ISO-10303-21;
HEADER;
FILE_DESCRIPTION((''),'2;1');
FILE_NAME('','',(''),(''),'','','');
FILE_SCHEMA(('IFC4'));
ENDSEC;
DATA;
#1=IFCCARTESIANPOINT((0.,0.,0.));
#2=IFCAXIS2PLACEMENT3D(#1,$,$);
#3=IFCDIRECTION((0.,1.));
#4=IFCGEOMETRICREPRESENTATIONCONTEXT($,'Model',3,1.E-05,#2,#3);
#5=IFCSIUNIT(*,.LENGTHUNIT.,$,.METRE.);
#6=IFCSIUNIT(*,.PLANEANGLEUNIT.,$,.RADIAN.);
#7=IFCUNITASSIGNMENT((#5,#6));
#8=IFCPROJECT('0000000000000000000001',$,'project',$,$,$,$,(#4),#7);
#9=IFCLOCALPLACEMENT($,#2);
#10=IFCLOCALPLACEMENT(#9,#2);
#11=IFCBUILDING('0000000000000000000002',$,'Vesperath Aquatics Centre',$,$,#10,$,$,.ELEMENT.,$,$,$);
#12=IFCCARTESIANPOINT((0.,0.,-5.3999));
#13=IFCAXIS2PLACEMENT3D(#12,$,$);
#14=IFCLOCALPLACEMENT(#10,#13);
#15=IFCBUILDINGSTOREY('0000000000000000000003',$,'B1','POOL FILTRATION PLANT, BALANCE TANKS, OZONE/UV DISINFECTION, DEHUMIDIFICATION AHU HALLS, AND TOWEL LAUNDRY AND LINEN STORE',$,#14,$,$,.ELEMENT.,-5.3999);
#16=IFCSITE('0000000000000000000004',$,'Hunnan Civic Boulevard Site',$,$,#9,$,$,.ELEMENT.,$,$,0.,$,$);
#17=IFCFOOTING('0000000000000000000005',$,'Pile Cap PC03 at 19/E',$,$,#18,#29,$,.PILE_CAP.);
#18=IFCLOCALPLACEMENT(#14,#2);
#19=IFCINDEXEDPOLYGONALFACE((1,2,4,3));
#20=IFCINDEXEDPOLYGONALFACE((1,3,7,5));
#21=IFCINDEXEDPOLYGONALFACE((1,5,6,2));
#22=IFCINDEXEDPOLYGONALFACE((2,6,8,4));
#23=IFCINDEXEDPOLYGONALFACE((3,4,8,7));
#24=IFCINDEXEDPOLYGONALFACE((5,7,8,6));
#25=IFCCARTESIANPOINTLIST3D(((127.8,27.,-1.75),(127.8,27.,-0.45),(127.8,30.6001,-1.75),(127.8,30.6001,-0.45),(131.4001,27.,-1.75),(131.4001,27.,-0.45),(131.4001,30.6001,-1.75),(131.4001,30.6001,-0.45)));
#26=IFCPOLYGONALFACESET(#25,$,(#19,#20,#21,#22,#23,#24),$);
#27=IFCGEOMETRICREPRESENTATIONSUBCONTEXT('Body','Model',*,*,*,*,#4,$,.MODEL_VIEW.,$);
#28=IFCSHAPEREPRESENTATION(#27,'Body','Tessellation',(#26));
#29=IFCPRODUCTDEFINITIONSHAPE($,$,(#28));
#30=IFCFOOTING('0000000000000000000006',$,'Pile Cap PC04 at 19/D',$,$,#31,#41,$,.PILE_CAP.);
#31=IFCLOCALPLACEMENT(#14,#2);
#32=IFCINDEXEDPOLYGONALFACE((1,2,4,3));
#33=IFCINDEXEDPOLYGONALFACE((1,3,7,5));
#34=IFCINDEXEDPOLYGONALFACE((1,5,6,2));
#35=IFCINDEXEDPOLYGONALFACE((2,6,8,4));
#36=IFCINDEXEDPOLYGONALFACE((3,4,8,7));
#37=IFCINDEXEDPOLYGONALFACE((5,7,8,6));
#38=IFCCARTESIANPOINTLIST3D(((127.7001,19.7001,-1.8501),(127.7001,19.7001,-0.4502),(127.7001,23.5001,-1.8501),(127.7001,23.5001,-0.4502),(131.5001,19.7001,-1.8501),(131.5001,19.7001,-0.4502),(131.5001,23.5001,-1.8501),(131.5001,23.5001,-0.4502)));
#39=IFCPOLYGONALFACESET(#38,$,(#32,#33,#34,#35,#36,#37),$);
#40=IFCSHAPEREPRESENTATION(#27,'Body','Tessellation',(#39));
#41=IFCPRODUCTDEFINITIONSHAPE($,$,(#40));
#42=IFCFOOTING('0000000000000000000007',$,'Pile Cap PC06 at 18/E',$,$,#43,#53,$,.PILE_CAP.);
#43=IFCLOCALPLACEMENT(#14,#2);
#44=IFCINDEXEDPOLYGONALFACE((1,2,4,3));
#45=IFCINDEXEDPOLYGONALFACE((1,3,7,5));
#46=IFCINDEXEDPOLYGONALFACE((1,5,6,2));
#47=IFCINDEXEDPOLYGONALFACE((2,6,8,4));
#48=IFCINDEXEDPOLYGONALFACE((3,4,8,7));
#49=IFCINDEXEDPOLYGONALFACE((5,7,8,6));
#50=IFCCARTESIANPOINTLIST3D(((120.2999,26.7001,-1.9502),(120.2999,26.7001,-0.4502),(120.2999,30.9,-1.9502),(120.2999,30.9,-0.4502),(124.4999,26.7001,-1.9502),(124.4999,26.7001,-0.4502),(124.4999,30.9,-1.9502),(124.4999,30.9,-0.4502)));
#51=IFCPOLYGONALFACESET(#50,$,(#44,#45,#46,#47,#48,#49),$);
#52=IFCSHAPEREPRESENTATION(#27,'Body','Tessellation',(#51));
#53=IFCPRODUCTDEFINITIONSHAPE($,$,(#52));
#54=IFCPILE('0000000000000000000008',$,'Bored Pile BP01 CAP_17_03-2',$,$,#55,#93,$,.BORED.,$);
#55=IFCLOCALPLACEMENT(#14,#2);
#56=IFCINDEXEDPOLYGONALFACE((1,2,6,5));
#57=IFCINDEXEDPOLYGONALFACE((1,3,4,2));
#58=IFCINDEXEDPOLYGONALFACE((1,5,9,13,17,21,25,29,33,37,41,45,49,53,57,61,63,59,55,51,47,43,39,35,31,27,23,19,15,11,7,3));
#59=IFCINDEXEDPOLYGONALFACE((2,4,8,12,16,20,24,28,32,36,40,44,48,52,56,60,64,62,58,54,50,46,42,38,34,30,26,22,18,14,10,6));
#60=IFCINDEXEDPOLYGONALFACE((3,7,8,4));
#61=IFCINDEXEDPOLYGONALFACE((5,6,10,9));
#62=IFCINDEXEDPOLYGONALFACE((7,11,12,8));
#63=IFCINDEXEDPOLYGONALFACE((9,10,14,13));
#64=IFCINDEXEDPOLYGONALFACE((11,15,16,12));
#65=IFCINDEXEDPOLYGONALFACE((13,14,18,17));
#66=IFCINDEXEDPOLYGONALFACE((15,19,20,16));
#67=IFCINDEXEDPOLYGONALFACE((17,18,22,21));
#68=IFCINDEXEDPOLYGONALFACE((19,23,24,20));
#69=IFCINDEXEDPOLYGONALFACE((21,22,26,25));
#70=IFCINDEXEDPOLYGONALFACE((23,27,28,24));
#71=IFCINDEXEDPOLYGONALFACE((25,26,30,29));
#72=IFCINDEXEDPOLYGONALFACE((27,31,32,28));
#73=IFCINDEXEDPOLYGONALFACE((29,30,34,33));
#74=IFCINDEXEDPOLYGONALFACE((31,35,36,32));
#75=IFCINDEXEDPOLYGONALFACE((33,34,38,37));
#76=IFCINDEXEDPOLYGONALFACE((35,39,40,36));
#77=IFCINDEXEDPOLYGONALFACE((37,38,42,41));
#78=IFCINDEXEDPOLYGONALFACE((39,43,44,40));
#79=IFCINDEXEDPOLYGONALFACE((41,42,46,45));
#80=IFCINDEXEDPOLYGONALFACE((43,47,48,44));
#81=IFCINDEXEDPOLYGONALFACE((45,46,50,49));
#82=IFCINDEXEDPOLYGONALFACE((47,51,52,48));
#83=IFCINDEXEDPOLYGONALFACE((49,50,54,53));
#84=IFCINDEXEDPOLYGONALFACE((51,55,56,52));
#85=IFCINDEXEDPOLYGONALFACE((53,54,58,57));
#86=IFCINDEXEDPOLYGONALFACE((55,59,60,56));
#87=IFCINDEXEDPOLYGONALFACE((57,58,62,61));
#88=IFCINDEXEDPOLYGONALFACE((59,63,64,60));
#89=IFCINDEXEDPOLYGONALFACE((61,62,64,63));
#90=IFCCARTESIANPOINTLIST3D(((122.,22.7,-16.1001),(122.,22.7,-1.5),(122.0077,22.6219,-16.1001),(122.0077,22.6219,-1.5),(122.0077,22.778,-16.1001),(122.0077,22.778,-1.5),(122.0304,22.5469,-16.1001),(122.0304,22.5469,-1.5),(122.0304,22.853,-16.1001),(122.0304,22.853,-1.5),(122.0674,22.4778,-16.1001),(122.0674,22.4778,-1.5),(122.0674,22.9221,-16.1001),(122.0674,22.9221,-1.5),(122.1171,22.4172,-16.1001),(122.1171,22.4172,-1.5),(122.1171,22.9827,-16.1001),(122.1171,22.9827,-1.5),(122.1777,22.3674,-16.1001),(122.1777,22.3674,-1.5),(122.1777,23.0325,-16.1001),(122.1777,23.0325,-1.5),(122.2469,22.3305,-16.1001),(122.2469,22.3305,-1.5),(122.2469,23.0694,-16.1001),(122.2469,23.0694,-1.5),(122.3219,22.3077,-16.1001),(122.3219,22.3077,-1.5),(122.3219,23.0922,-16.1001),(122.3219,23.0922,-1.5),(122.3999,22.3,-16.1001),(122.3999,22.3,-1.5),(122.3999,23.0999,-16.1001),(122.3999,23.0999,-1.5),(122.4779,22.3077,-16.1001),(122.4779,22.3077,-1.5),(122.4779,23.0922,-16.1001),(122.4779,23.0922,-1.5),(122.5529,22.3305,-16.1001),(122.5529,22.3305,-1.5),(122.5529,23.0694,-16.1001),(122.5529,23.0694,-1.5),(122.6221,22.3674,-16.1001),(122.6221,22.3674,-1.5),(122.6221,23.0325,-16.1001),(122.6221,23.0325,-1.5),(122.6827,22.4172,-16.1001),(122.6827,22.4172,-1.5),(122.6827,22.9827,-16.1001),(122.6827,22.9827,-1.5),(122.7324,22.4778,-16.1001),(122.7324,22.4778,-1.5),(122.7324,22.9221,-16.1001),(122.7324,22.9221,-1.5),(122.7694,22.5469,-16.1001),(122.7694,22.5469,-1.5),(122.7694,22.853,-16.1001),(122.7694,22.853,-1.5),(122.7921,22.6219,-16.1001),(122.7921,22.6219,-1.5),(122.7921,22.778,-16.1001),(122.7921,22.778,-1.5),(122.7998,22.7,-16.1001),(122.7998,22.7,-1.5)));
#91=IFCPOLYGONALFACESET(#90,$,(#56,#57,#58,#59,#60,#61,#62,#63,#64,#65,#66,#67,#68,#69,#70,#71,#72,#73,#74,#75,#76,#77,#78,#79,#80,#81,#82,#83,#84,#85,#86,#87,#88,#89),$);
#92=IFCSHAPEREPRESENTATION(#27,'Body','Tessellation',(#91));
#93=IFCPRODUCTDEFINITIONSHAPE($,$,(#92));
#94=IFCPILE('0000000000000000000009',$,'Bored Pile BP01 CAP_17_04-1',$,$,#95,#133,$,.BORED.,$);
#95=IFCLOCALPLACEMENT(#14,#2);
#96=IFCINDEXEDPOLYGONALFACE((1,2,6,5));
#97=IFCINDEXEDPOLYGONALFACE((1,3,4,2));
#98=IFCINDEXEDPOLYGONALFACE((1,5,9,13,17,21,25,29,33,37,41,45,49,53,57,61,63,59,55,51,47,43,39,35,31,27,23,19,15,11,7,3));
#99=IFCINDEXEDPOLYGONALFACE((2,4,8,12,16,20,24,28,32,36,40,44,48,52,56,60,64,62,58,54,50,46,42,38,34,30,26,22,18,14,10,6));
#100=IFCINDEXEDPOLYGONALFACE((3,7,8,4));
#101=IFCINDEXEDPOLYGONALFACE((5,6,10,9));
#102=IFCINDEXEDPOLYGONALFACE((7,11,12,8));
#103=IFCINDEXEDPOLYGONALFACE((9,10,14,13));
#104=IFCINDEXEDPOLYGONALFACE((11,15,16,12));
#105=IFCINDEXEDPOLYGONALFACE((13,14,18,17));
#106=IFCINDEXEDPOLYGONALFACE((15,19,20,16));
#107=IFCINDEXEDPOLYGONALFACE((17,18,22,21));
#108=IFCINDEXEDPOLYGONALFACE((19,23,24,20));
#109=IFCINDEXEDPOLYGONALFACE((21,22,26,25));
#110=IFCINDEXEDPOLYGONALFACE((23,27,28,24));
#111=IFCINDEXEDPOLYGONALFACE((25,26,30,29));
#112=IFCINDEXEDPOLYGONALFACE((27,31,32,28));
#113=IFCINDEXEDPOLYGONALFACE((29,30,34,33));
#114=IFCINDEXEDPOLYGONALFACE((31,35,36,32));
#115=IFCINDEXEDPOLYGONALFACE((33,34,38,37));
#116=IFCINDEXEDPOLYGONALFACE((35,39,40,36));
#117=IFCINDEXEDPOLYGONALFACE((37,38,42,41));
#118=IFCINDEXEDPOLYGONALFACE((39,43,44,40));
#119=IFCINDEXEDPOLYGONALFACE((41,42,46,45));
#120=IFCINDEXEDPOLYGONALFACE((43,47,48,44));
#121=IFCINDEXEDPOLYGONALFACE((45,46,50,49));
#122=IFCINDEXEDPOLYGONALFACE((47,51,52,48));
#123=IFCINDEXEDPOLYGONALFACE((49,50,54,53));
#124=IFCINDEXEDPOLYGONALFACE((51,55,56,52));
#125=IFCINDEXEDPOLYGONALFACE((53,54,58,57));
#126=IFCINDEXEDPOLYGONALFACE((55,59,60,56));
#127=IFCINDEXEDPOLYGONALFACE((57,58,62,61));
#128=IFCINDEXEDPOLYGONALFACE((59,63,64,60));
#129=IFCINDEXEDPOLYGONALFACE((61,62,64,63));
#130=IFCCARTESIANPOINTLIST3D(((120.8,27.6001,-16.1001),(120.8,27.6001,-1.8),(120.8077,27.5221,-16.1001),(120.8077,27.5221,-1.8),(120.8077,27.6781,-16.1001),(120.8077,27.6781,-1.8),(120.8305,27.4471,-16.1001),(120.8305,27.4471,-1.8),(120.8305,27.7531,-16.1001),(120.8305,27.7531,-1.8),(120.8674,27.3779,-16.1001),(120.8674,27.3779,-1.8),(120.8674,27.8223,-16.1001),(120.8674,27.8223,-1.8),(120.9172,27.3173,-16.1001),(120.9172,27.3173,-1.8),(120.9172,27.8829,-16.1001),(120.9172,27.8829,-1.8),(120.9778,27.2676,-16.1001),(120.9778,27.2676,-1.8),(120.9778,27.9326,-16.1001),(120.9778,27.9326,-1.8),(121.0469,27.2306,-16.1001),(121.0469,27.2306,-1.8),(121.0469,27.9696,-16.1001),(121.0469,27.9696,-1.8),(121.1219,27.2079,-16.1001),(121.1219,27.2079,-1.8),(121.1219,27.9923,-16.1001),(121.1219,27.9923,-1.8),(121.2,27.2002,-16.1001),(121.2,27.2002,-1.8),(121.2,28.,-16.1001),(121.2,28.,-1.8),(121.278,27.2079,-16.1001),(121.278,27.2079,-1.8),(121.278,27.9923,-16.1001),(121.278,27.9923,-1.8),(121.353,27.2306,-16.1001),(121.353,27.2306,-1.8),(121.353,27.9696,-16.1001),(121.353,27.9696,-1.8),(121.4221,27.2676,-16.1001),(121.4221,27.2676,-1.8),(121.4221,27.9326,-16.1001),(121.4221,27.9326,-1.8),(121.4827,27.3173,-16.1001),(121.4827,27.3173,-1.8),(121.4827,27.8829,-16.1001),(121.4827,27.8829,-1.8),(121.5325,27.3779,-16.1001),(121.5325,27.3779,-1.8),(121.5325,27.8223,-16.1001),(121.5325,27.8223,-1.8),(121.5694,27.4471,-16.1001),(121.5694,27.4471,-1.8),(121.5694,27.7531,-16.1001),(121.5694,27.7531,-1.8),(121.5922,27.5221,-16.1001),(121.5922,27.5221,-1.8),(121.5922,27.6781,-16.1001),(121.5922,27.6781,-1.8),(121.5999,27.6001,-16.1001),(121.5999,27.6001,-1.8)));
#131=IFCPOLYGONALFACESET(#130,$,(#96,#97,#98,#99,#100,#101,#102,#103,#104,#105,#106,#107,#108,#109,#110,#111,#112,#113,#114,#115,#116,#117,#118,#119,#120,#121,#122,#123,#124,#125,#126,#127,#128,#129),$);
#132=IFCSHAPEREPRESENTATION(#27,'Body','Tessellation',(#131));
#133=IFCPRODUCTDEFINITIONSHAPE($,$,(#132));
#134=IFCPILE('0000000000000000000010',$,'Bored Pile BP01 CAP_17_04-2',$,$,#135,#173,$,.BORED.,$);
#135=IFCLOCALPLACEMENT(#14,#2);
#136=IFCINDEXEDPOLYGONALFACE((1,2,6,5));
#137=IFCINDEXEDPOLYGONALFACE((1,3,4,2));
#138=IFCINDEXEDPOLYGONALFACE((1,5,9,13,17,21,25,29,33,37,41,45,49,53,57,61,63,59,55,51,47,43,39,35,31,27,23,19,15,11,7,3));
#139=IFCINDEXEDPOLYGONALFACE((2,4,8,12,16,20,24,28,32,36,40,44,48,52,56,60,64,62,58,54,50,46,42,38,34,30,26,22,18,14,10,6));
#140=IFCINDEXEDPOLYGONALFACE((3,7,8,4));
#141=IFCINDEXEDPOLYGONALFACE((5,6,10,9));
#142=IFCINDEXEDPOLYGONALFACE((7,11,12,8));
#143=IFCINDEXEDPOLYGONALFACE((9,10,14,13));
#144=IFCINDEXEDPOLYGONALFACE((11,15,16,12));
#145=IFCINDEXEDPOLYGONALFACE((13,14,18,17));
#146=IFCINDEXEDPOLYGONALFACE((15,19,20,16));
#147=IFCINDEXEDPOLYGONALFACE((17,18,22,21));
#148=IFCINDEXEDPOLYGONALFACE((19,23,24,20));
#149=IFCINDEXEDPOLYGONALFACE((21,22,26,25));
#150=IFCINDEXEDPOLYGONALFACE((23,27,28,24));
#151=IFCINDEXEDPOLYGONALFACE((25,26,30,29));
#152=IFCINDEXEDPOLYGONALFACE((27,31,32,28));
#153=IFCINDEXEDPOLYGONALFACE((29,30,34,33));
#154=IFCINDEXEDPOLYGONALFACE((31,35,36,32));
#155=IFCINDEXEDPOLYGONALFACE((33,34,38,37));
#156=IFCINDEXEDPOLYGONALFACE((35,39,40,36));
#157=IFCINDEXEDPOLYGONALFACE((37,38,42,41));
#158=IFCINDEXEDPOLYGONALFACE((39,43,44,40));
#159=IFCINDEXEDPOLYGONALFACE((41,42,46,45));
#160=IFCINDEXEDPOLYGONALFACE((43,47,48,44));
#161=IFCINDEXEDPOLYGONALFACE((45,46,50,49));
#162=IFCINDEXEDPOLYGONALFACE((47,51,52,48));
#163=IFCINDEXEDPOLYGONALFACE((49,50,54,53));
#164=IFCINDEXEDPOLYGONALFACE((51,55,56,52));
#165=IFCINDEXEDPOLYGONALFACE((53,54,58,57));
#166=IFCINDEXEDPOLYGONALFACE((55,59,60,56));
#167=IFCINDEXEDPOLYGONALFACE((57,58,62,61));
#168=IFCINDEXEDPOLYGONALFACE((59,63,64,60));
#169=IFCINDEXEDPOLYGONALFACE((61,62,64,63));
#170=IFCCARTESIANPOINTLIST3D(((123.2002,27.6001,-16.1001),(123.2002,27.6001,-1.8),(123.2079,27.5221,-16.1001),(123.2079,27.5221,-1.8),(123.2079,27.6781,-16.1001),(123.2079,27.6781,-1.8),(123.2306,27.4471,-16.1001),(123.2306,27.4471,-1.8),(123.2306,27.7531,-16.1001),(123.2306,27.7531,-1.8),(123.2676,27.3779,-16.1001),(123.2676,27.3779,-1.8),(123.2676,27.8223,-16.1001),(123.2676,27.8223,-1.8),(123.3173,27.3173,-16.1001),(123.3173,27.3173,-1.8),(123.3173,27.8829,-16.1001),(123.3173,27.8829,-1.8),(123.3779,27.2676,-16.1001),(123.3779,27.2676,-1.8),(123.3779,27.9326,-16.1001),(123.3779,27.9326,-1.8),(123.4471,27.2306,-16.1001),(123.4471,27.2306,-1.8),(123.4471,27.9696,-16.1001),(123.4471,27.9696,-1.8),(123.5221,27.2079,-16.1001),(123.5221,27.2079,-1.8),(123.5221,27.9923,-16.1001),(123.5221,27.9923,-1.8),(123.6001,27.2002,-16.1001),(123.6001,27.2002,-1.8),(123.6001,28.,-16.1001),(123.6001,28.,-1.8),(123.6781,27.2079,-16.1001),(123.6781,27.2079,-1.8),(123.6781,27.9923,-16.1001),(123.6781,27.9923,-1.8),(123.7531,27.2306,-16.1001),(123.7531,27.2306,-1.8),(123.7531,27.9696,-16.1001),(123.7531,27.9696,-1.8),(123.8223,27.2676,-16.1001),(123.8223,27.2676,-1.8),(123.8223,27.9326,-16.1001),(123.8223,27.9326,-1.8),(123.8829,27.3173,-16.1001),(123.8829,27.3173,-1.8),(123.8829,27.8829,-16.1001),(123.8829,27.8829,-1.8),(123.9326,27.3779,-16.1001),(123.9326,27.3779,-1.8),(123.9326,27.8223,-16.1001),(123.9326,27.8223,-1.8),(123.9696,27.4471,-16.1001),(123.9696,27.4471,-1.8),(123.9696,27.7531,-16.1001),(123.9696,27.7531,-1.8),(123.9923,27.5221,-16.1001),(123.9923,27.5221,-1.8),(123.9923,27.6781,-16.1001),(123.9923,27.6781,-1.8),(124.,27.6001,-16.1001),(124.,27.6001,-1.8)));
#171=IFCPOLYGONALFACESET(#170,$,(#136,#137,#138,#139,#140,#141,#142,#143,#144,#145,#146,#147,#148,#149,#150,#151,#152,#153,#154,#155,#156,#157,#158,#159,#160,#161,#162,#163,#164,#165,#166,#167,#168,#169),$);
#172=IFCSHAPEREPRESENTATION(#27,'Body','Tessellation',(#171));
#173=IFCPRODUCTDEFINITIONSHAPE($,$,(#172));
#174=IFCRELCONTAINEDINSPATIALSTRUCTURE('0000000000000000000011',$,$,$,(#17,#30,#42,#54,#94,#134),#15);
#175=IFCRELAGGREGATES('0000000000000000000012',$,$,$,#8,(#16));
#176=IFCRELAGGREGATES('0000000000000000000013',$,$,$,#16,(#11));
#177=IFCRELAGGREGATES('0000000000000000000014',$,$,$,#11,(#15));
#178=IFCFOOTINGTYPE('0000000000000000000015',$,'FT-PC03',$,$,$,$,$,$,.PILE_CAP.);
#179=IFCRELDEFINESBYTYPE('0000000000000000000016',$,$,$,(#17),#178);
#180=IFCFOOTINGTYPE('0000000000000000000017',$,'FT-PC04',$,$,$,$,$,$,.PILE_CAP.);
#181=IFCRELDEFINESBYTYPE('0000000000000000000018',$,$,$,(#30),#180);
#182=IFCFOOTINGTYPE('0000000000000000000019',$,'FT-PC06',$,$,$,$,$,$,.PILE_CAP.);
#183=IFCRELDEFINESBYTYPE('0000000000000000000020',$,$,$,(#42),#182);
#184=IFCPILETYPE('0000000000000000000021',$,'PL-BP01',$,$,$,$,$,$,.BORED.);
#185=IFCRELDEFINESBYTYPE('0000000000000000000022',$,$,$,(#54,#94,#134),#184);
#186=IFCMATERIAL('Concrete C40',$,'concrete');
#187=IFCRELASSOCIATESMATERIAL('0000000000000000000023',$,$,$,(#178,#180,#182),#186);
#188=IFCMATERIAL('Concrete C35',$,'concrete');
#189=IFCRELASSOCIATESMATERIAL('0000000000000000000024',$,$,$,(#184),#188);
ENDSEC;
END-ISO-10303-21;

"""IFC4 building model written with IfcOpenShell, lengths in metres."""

from ifc_helpers import new_model, si_unit, direction, frame, origin, origin_2d, place, context, subcontext, project, spatial, rectangle, circle, extrude, material, material_profile, profile_set, type_object, element, save


model = new_model("IFC4")

# Units and contexts
model_context = context("Model", 3, precision=1e-05, world=origin(), true_north=direction((0.0, 1.0)))
body_context = subcontext(model_context, "Body", "Model", "MODEL_VIEW")
ifc_project = project(units=[si_unit("LENGTHUNIT", "METRE"), si_unit("PLANEANGLEUNIT", "RADIAN")], contexts=[model_context])

# Site, building, storey
site_placement = place(None, origin())
site = spatial("IfcSite", under=ifc_project, at=site_placement, Name="Hunnan Civic Boulevard Site", CompositionType="ELEMENT", RefElevation=0.0)
building_placement = place(site_placement, origin())
building = spatial("IfcBuilding", under=site, at=building_placement, Name="Vesperath Aquatics Centre", CompositionType="ELEMENT")
storey_placement = place(building_placement, frame((0.0, 0.0, -5.3999)))
storey = spatial("IfcBuildingStorey", under=building, at=storey_placement, Name="B1", Description="POOL FILTRATION PLANT, BALANCE TANKS, OZONE/UV DISINFECTION, DEHUMIDIFICATION AHU HALLS, AND TOWEL LAUNDRY AND LINEN STORE", CompositionType="ELEMENT", Elevation=-5.3999)

# Footings
ifc_material_1 = material(Name="Concrete C40", Category="concrete")
footing_type_1 = type_object("IfcFootingType", Name="FT-PC03", PredefinedType="PILE_CAP", material=ifc_material_1)
footing_1_placement = place(storey_placement, frame((129.6001, 28.8, -1.75), z_axis=(0.0, 0.0, 1.0), x_axis=(1.0, 0.0, 0.0)))
element("IfcFooting", 1, at=footing_1_placement, inside=storey, type_object=footing_type_1, Name="Pile Cap PC03 at 19/E", PredefinedType="PILE_CAP", context=body_context, shape_type="SweptSolid", body=[
    extrude(rectangle(XDim=3.6001, YDim=3.6001, at=origin_2d()), origin(), (0.0, 0.0, 1.0), 1.3),
])
footing_type_2 = type_object("IfcFootingType", Name="FT-PC04", PredefinedType="PILE_CAP", material=ifc_material_1)
footing_2_placement = place(storey_placement, frame((129.6001, 21.6001, -1.8501), z_axis=(0.0, 0.0, 1.0), x_axis=(1.0, 0.0, 0.0)))
element("IfcFooting", 2, at=footing_2_placement, inside=storey, type_object=footing_type_2, Name="Pile Cap PC04 at 19/D", PredefinedType="PILE_CAP", context=body_context, shape_type="SweptSolid", body=[
    extrude(rectangle(XDim=3.8, YDim=3.8, at=origin_2d()), origin(), (0.0, 0.0, 1.0), 1.3999),
])
footing_type_3 = type_object("IfcFootingType", Name="FT-PC06", PredefinedType="PILE_CAP", material=ifc_material_1)
footing_3_placement = place(storey_placement, frame((122.3999, 28.8, -1.9502), z_axis=(0.0, 0.0, 1.0), x_axis=(1.0, 0.0, 0.0)))
element("IfcFooting", 3, at=footing_3_placement, inside=storey, type_object=footing_type_3, Name="Pile Cap PC06 at 18/E", PredefinedType="PILE_CAP", context=body_context, shape_type="SweptSolid", body=[
    extrude(rectangle(XDim=4.2, YDim=4.2, at=origin_2d()), origin(), (0.0, 0.0, 1.0), 1.5),
])

# Piles
ifc_material_2 = material(Name="Concrete C35", Category="concrete")
ifc_material_profile_1 = material_profile(ifc_material_2, circle(Radius=0.3999, at=origin_2d()), Name="PILE D800")
ifc_profile_set_1 = profile_set([ifc_material_profile_1], Name="Concrete C35")
pile_type = type_object("IfcPileType", Name="PL-BP01", PredefinedType="BORED", material=ifc_profile_set_1)
pile_placement = place(storey_placement, frame((122.3999, 22.7, -1.5), z_axis=(0.0, 0.0, -1.0), x_axis=(1.0, 0.0, 0.0)))
element("IfcPile", 4, at=pile_placement, inside=storey, type_object=pile_type, Name="Bored Pile BP01 CAP_17_03-2", PredefinedType="BORED", context=body_context, shape_type="SweptSolid", body=[
    extrude(circle(Radius=0.3999, at=origin_2d()), origin(), (0.0, 0.0, 1.0), 14.6001),
])
for number, where, z_axis, x_axis, name in (
    (5, (121.2, 27.6001, -1.8), (0.0, 0.0, -1.0), (1.0, 0.0, 0.0), "Bored Pile BP01 CAP_17_04-1"),
    (6, (123.6001, 27.6001, -1.8), (0.0, 0.0, -1.0), (1.0, 0.0, 0.0), "Bored Pile BP01 CAP_17_04-2"),
):
    element("IfcPile", number, at=place(storey_placement, frame(where, z_axis=z_axis, x_axis=x_axis)), inside=storey, type_object=pile_type, Name=name, PredefinedType="BORED", context=body_context, shape_type="SweptSolid", body=[
        extrude(circle(Radius=0.3999, at=origin_2d()), origin(), (0.0, 0.0, 1.0), 14.3),
    ])

save(model, "model.ifc")
